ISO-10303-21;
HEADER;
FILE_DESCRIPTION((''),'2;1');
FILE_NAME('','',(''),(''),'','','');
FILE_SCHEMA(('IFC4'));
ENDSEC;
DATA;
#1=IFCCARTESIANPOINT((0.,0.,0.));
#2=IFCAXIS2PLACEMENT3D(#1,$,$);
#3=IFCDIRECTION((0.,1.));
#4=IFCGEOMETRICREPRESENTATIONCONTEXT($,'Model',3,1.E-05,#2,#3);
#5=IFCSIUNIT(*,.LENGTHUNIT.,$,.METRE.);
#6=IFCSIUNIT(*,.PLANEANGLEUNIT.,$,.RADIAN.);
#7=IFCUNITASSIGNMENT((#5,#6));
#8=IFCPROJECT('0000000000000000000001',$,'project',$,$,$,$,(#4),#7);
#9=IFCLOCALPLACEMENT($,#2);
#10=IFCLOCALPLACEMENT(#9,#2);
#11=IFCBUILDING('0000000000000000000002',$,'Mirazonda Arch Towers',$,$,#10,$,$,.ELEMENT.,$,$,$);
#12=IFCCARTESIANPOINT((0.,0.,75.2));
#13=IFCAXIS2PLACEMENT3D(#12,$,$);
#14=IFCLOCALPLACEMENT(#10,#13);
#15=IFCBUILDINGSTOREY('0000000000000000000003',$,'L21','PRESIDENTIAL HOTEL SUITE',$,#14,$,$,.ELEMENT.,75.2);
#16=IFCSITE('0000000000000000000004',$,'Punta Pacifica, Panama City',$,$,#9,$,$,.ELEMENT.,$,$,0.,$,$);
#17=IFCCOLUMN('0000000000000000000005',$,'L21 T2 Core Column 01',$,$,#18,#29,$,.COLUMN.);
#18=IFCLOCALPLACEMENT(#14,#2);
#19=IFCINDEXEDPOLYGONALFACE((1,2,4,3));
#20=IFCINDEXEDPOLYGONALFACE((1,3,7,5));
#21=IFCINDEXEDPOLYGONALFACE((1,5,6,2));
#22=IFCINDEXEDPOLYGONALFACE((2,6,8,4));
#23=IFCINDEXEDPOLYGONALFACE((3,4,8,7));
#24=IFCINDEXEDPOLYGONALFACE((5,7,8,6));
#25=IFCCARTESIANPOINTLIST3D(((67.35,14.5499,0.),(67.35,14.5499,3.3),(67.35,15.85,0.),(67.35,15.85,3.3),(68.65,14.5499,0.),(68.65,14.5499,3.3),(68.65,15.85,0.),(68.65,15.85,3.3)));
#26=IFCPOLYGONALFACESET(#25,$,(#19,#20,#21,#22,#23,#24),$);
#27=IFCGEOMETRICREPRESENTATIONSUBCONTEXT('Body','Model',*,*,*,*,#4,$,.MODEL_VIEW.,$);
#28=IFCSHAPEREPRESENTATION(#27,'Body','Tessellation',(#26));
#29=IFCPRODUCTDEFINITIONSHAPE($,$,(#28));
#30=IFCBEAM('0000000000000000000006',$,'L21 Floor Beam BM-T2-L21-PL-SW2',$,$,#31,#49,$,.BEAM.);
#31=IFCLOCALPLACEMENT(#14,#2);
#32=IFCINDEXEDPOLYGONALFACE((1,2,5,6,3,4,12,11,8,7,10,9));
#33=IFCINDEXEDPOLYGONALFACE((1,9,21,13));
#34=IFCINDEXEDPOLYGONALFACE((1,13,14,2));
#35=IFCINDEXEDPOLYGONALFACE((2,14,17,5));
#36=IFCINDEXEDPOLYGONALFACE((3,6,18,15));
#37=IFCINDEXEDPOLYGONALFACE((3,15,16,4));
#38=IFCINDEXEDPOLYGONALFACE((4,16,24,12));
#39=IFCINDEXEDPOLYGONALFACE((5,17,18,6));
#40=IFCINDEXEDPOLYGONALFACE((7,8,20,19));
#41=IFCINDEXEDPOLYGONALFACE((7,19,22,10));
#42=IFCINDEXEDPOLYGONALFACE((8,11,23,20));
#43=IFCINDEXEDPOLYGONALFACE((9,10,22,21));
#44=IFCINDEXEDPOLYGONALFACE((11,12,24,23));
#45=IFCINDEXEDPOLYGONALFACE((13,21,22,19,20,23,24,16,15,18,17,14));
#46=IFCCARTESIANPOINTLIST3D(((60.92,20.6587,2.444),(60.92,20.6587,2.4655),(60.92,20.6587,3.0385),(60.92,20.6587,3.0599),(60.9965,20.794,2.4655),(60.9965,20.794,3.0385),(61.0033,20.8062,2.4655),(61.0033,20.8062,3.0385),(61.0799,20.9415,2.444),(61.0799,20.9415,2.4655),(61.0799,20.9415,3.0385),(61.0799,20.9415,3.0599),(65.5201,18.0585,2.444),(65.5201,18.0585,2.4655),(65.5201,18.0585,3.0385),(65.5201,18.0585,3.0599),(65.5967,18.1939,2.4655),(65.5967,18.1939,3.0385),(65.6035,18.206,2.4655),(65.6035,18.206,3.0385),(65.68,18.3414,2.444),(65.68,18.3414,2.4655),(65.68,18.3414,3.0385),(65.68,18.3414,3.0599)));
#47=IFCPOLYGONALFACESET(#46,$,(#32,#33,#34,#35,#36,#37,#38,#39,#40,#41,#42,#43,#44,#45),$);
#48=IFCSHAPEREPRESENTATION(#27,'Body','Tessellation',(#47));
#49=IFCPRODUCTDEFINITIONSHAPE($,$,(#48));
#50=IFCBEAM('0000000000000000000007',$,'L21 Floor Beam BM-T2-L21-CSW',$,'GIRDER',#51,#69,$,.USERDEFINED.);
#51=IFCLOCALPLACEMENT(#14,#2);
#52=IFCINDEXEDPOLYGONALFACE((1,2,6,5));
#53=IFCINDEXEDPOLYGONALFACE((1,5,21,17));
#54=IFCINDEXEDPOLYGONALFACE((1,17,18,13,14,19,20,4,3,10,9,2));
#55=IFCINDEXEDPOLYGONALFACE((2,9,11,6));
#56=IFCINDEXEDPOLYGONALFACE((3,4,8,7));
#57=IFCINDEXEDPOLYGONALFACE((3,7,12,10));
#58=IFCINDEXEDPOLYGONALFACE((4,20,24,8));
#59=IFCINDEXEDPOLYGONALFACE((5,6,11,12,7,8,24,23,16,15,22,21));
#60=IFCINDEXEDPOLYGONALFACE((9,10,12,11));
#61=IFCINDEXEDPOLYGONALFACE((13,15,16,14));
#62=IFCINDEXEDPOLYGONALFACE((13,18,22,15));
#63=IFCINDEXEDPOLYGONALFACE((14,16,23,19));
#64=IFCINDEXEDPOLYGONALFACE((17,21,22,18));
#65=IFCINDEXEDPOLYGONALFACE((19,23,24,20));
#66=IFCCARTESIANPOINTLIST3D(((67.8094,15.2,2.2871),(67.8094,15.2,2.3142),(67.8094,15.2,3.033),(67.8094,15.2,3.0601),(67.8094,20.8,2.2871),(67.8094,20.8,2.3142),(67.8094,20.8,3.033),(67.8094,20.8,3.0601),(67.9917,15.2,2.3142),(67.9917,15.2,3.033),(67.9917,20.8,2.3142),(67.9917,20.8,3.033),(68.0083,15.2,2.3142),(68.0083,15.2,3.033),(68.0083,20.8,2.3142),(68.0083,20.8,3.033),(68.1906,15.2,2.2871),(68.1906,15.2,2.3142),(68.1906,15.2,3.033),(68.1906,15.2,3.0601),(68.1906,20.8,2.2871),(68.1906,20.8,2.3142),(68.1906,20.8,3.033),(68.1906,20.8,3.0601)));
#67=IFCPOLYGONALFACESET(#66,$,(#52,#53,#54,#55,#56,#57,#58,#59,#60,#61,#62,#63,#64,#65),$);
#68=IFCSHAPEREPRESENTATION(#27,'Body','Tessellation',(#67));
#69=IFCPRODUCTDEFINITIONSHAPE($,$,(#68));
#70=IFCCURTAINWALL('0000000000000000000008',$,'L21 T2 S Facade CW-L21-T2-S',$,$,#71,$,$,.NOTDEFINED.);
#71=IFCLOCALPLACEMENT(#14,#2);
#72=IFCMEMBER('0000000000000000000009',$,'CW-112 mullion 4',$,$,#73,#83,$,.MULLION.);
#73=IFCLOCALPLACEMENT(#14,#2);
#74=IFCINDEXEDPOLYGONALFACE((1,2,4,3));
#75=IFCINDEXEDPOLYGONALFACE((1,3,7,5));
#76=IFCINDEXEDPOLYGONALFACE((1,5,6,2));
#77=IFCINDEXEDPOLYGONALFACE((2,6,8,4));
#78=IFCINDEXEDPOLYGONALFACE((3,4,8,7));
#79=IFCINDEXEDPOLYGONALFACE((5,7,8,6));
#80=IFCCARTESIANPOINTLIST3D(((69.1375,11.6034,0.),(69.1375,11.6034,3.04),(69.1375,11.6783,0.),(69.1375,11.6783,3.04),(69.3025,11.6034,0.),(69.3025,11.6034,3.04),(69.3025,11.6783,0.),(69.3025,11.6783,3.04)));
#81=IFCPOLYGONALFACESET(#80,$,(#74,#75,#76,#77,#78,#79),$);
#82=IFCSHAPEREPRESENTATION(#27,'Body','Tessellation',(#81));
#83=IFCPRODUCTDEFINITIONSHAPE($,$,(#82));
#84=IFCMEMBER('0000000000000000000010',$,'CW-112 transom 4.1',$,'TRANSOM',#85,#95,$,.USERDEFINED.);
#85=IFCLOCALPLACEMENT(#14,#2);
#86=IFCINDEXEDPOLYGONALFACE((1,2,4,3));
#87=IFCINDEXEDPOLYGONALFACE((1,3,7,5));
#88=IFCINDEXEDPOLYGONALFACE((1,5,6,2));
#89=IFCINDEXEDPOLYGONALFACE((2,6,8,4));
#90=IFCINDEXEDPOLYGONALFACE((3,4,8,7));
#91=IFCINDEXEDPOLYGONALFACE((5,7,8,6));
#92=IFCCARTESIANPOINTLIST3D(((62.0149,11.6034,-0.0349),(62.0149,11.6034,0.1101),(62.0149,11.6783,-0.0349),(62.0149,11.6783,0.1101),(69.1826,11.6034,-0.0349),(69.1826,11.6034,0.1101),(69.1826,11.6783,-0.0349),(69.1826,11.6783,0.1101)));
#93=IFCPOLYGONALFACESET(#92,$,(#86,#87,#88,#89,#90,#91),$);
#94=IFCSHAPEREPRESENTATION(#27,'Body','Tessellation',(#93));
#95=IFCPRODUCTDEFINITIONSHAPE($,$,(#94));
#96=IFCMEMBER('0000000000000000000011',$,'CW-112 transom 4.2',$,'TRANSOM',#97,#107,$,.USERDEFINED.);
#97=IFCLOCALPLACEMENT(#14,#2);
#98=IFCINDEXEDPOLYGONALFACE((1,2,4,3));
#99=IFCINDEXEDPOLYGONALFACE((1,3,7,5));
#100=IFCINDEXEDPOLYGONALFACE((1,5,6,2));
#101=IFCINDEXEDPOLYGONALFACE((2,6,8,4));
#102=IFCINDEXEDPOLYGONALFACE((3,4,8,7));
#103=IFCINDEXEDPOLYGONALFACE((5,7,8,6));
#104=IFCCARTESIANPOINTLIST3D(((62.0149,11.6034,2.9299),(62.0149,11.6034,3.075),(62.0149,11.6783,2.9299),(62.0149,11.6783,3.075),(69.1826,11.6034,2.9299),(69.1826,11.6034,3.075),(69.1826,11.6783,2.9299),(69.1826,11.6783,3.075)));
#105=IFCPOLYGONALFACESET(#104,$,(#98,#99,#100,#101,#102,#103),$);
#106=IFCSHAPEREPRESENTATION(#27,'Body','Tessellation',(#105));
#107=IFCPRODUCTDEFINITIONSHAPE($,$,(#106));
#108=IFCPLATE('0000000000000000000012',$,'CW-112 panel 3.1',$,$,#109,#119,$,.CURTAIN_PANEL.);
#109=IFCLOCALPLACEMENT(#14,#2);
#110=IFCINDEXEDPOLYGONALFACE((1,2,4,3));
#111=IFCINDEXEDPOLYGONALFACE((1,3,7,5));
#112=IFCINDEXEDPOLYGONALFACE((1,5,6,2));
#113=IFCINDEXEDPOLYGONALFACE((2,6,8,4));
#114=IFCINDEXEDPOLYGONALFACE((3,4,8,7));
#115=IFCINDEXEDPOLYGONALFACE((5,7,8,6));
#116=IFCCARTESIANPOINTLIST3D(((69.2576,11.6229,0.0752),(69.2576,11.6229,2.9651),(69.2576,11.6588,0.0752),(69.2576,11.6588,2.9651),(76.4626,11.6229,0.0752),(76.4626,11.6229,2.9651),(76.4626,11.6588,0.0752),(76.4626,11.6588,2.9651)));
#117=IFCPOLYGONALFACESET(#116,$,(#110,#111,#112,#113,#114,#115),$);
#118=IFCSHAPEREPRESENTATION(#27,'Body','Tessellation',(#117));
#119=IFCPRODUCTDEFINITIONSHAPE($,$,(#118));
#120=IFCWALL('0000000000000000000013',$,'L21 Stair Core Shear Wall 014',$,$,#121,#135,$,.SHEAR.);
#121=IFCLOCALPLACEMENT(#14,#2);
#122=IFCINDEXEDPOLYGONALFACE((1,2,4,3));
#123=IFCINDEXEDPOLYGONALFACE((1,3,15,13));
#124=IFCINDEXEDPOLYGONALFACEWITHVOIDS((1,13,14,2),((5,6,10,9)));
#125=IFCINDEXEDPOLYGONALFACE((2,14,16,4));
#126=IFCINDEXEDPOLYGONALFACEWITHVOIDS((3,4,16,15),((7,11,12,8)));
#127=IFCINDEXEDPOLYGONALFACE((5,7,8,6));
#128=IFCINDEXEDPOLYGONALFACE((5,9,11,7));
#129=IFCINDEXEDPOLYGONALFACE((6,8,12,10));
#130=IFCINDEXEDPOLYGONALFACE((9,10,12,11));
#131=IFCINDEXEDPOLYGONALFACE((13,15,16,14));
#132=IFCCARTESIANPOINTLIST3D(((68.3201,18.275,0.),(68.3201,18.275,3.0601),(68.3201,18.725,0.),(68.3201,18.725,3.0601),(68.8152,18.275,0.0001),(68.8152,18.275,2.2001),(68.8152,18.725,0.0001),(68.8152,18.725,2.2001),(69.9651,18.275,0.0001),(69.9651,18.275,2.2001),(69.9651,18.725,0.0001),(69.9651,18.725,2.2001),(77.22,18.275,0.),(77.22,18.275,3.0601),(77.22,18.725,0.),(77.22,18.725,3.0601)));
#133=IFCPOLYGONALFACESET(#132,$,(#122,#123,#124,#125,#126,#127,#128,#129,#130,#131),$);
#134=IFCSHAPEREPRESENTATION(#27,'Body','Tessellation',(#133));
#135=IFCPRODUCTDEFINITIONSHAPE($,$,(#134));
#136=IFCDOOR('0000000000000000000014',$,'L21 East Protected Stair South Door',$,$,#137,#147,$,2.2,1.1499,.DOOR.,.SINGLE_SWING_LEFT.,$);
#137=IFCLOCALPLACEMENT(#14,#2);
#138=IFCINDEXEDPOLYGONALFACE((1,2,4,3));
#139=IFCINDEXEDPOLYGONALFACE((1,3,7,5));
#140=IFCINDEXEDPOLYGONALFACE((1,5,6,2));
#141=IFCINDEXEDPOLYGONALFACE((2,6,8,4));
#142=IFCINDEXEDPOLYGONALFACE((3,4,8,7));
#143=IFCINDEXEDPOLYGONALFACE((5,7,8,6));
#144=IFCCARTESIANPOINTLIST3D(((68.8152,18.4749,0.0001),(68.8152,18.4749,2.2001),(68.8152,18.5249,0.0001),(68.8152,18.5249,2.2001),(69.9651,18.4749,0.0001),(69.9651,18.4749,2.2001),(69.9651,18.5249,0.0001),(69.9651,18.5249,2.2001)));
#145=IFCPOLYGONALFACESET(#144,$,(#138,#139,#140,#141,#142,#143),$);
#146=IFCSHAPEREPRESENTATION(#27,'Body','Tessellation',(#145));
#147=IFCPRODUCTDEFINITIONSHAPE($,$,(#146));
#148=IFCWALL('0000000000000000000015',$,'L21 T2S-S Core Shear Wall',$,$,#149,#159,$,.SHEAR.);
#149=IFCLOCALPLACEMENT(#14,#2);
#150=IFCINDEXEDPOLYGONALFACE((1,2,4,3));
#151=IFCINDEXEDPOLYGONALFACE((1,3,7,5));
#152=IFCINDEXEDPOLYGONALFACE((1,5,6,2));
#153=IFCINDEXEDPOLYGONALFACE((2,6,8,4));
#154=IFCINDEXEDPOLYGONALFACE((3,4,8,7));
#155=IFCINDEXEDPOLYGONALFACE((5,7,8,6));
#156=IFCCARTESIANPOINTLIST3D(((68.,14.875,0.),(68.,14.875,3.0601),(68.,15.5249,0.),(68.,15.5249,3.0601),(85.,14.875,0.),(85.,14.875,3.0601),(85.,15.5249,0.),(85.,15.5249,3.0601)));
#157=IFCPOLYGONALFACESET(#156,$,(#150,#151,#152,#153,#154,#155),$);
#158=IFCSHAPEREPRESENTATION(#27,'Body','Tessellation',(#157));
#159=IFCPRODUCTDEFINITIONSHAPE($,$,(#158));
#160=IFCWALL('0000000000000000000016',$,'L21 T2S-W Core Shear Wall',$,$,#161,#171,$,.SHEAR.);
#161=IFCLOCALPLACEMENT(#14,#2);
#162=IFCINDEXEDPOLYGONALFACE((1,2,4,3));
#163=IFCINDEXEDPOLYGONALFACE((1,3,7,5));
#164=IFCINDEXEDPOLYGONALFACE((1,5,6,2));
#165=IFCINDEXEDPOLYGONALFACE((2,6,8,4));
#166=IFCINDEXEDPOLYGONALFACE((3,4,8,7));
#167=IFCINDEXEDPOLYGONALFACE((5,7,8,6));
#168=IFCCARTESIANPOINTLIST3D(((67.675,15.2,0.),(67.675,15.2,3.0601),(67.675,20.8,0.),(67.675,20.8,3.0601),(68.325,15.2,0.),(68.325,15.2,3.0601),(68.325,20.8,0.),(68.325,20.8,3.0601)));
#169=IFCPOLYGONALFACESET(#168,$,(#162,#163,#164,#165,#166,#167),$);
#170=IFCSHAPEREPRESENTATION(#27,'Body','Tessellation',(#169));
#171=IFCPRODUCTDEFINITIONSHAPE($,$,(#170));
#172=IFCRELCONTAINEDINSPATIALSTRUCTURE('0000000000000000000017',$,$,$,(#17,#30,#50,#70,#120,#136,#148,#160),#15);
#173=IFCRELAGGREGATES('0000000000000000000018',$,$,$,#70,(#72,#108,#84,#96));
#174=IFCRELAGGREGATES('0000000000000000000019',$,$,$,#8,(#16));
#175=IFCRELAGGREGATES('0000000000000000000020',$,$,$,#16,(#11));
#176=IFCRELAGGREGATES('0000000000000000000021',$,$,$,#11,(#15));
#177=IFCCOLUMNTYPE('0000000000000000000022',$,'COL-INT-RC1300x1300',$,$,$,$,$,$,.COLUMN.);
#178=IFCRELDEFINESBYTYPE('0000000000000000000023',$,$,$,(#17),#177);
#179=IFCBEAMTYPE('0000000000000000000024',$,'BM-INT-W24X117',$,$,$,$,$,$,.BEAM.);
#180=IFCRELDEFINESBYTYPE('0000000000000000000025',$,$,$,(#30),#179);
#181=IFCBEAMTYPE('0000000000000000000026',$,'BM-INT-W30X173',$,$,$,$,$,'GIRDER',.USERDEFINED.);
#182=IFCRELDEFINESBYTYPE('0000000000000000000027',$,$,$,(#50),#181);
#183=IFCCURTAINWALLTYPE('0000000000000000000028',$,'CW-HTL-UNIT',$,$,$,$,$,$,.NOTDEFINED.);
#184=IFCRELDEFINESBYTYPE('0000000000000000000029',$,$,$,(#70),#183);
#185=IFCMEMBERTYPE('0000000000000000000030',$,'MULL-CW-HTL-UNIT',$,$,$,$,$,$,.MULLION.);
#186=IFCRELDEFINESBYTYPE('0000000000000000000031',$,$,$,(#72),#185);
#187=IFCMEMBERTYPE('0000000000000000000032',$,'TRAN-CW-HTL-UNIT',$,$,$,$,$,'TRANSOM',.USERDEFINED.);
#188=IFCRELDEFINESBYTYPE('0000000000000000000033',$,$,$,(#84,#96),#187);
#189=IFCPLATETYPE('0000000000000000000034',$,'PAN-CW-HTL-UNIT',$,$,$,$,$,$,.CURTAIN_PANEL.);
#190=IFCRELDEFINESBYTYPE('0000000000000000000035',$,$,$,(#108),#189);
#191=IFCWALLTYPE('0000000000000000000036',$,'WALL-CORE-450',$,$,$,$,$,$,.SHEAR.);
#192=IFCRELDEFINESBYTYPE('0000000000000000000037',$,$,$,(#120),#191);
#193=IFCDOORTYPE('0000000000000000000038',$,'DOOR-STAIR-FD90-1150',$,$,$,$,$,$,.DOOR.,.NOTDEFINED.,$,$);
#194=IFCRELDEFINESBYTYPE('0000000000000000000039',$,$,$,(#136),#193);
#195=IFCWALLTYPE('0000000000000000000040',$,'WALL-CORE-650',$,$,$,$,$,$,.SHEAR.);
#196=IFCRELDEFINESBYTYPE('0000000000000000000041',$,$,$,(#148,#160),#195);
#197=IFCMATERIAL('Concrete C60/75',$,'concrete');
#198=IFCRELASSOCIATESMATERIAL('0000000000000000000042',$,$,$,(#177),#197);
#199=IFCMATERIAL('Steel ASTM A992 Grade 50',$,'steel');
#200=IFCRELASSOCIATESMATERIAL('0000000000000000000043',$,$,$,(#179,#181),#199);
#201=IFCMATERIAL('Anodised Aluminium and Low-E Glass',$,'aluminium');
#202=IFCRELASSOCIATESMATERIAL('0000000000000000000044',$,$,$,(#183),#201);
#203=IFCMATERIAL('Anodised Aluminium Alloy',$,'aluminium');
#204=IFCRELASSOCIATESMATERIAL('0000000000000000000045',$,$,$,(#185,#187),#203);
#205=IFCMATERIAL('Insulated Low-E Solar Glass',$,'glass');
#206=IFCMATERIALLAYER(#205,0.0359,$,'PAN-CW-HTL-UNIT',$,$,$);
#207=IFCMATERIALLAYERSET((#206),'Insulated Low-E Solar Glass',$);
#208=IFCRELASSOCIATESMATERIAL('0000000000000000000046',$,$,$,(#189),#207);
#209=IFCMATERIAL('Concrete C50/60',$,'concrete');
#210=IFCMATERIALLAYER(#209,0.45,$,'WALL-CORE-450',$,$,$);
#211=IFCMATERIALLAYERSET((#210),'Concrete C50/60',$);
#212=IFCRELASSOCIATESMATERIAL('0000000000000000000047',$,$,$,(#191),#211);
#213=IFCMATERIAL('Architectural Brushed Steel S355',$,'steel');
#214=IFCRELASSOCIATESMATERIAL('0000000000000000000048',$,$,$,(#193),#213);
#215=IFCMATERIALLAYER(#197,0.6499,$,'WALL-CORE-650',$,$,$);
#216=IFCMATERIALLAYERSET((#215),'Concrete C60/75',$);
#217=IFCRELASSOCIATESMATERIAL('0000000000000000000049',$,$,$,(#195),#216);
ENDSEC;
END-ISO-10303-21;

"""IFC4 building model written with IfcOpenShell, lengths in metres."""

from ifc_helpers import new_model, si_unit, direction, frame, frame_2d, origin, origin_2d, place, context, subcontext, project, spatial, rectangle, i_section, extrude, material, layer, layer_set, material_profile, profile_set, type_object, element, fill, aggregate, save


model = new_model("IFC4")

# Units and contexts
model_context = context("Model", 3, precision=1e-05, world=origin(), true_north=direction((0.0, 1.0)))
body_context = subcontext(model_context, "Body", "Model", "MODEL_VIEW")
ifc_project = project(units=[si_unit("LENGTHUNIT", "METRE"), si_unit("PLANEANGLEUNIT", "RADIAN")], contexts=[model_context])

# Site, building, storey
site_placement = place(None, origin())
site = spatial("IfcSite", under=ifc_project, at=site_placement, Name="Punta Pacifica, Panama City", CompositionType="ELEMENT", RefElevation=0.0)
building_placement = place(site_placement, origin())
building = spatial("IfcBuilding", under=site, at=building_placement, Name="Mirazonda Arch Towers", CompositionType="ELEMENT")
storey_placement = place(building_placement, frame((0.0, 0.0, 75.2)))
storey = spatial("IfcBuildingStorey", under=building, at=storey_placement, Name="L21", Description="PRESIDENTIAL HOTEL SUITE", CompositionType="ELEMENT", Elevation=75.2)

# Column
ifc_material_1 = material(Name="Concrete C60/75", Category="concrete")
ifc_material_profile_1 = material_profile(ifc_material_1, rectangle(XDim=1.3, YDim=1.3, at=origin_2d()), Name="RC1300x1300")
ifc_profile_set_1 = profile_set([ifc_material_profile_1], Name="Concrete C60/75")
column_type = type_object("IfcColumnType", Name="COL-INT-RC1300x1300", PredefinedType="COLUMN", material=ifc_profile_set_1)
column_placement = place(storey_placement, frame((68.0, 15.2, 0.0), z_axis=(0.0, 0.0, 1.0), x_axis=(1.0, 0.0, 0.0)))
element("IfcColumn", 1, at=column_placement, inside=storey, type_object=column_type, Name="L21 T2 Core Column 01", PredefinedType="COLUMN", context=body_context, shape_type="SweptSolid", body=[
    extrude(rectangle(XDim=1.3, YDim=1.3, at=origin_2d()), origin(), (0.0, 0.0, 1.0), 3.3),
])

# Beams
ifc_material_2 = material(Name="Steel ASTM A992 Grade 50", Category="steel")
ifc_material_profile_2 = material_profile(ifc_material_2, i_section(OverallWidth=0.325, OverallDepth=0.616, WebThickness=0.0139, FlangeThickness=0.0215, at=origin_2d()), Name="W24X117")
ifc_profile_set_2 = profile_set([ifc_material_profile_2], Name="Steel ASTM A992 Grade 50")
beam_type_1 = type_object("IfcBeamType", Name="BM-INT-W24X117", PredefinedType="BEAM", material=ifc_profile_set_2)
beam_1_placement = place(storey_placement, frame((65.6001, 18.2, 2.752), z_axis=(-0.870559, 0.492063, 0.0), x_axis=(-0.492063, -0.870559, 0.0)))
element("IfcBeam", 2, at=beam_1_placement, inside=storey, type_object=beam_type_1, Name="L21 Floor Beam BM-T2-L21-PL-SW2", PredefinedType="BEAM", context=body_context, shape_type="SweptSolid", body=[
    extrude(i_section(OverallWidth=0.325, OverallDepth=0.616, WebThickness=0.0139, FlangeThickness=0.0215, at=origin_2d()), origin(), (0.0, 0.0, 1.0), 5.2842),
])
ifc_material_profile_3 = material_profile(ifc_material_2, i_section(OverallWidth=0.3811, OverallDepth=0.7729, WebThickness=0.0166, FlangeThickness=0.0271, at=origin_2d()), Name="W30X173")
ifc_profile_set_3 = profile_set([ifc_material_profile_3], Name="Steel ASTM A992 Grade 50")
beam_type_2 = type_object("IfcBeamType", Name="BM-INT-W30X173", ElementType="GIRDER", PredefinedType="USERDEFINED", material=ifc_profile_set_3)
beam_2_placement = place(storey_placement, frame((68.0, 15.2, 2.6736), z_axis=(0.0, 1.0, 0.0), x_axis=(-1.0, 0.0, 0.0)))
element("IfcBeam", 3, at=beam_2_placement, inside=storey, type_object=beam_type_2, Name="L21 Floor Beam BM-T2-L21-CSW", ObjectType="GIRDER", PredefinedType="USERDEFINED", context=body_context, shape_type="SweptSolid", body=[
    extrude(i_section(OverallWidth=0.3811, OverallDepth=0.7729, WebThickness=0.0166, FlangeThickness=0.0271, at=origin_2d()), origin(), (0.0, 0.0, 1.0), 5.6001),
])

# Curtain wall, members, plate
ifc_material_3 = material(Name="Anodised Aluminium and Low-E Glass", Category="aluminium")
curtain_wall_type = type_object("IfcCurtainWallType", Name="CW-HTL-UNIT", PredefinedType="NOTDEFINED", material=ifc_material_3)
curtain_wall_placement = place(storey_placement, origin())
curtain_wall = element("IfcCurtainWall", 4, at=curtain_wall_placement, inside=storey, type_object=curtain_wall_type, Name="L21 T2 S Facade CW-L21-T2-S", PredefinedType="NOTDEFINED")
ifc_material_4 = material(Name="Anodised Aluminium Alloy", Category="aluminium")
ifc_material_profile_4 = material_profile(ifc_material_4, rectangle(XDim=0.075, YDim=0.165, at=origin_2d()), Name="ALU-MULL-75x165")
ifc_profile_set_4 = profile_set([ifc_material_profile_4], Name="Anodised Aluminium Alloy")
member_type_1 = type_object("IfcMemberType", Name="MULL-CW-HTL-UNIT", PredefinedType="MULLION", material=ifc_profile_set_4)
member_1_placement = place(storey_placement, frame((69.22, 11.6409, 0.0), z_axis=(0.0, 0.0, 1.0), x_axis=(0.0, -1.0, 0.0)))
member_1 = element("IfcMember", 5, at=member_1_placement, type_object=member_type_1, Name="CW-112 mullion 4", PredefinedType="MULLION", context=body_context, shape_type="SweptSolid", body=[
    extrude(rectangle(XDim=0.075, YDim=0.165, at=origin_2d()), origin(), (0.0, 0.0, 1.0), 3.04),
])
ifc_material_profile_5 = material_profile(ifc_material_4, rectangle(XDim=0.075, YDim=0.145, at=origin_2d()), Name="ALU-TRAN-75x145")
ifc_profile_set_5 = profile_set([ifc_material_profile_5], Name="Anodised Aluminium Alloy")
member_type_2 = type_object("IfcMemberType", Name="TRAN-CW-HTL-UNIT", ElementType="TRANSOM", PredefinedType="USERDEFINED", material=ifc_profile_set_5)
member_2_placement = place(storey_placement, frame((69.1826, 11.6409, 0.0376), z_axis=(-1.0, 0.0, 0.0), x_axis=(0.0, -1.0, 0.0)))
member_2 = element("IfcMember", 6, at=member_2_placement, type_object=member_type_2, Name="CW-112 transom 4.1", ObjectType="TRANSOM", PredefinedType="USERDEFINED", context=body_context, shape_type="SweptSolid", body=[
    extrude(rectangle(XDim=0.075, YDim=0.145, at=origin_2d()), origin(), (0.0, 0.0, 1.0), 7.1677),
])
member_3_placement = place(storey_placement, frame((69.1826, 11.6409, 3.0024), z_axis=(-1.0, 0.0, 0.0), x_axis=(0.0, -1.0, 0.0)))
member_3 = element("IfcMember", 7, at=member_3_placement, type_object=member_type_2, Name="CW-112 transom 4.2", ObjectType="TRANSOM", PredefinedType="USERDEFINED", context=body_context, shape_type="SweptSolid", body=[
    extrude(rectangle(XDim=0.075, YDim=0.145, at=origin_2d()), origin(), (0.0, 0.0, 1.0), 7.1677),
])
ifc_material_5 = material(Name="Insulated Low-E Solar Glass", Category="glass")
ifc_layer_1 = layer(ifc_material_5, 0.0359, Name="PAN-CW-HTL-UNIT")
ifc_layer_set_1 = layer_set([ifc_layer_1], Name="Insulated Low-E Solar Glass")
plate_type = type_object("IfcPlateType", Name="PAN-CW-HTL-UNIT", PredefinedType="CURTAIN_PANEL", material=ifc_layer_set_1)
plate_placement = place(storey_placement, frame((72.8601, 11.6409, 0.0752), z_axis=(0.0, 0.0, 1.0), x_axis=(-1.0, 0.0, 0.0)))
plate = element("IfcPlate", 8, at=plate_placement, type_object=plate_type, Name="CW-112 panel 3.1", PredefinedType="CURTAIN_PANEL", context=body_context, shape_type="SweptSolid", body=[
    extrude(rectangle(XDim=7.2051, YDim=0.0359, at=origin_2d()), origin(), (0.0, 0.0, 1.0), 2.8899),
])
aggregate(curtain_wall, [member_1, plate, member_2, member_3])

# Wall, opening, door
ifc_material_6 = material(Name="Concrete C50/60", Category="concrete")
ifc_layer_2 = layer(ifc_material_6, 0.45, Name="WALL-CORE-450")
ifc_layer_set_2 = layer_set([ifc_layer_2], Name="Concrete C50/60")
wall_type_1 = type_object("IfcWallType", Name="WALL-CORE-450", PredefinedType="SHEAR", material=ifc_layer_set_2)
wall_1_placement = place(storey_placement, frame((68.3201, 18.5, 0.0), z_axis=(0.0, 0.0, 1.0), x_axis=(1.0, 0.0, 0.0)))
wall_1 = element("IfcWall", 9, at=wall_1_placement, inside=storey, type_object=wall_type_1, Name="L21 Stair Core Shear Wall 014", PredefinedType="SHEAR", context=body_context, shape_type="SweptSolid", body=[
    extrude(rectangle(XDim=8.8999, YDim=0.45, at=frame_2d((4.45, 0.0))), origin(), (0.0, 0.0, 1.0), 3.0601),
])
opening_placement = place(wall_1_placement, frame((0.4951, 0.0, 0.0)))
opening = element("IfcOpeningElement", 10, at=opening_placement, cuts=wall_1, PredefinedType="OPENING", context=body_context, shape_type="SweptSolid", body=[
    extrude(rectangle(XDim=1.1499, YDim=2.2, at=frame_2d((0.575, 1.1001))), frame((0.0, 0.2349, 0.0), z_axis=(0.0, -1.0, 0.0), x_axis=(1.0, 0.0, 0.0)), (0.0, 0.0, 1.0), 0.47),
])
ifc_material_7 = material(Name="Architectural Brushed Steel S355", Category="steel")
door_type = type_object("IfcDoorType", Name="DOOR-STAIR-FD90-1150", OperationType="NOTDEFINED", PredefinedType="DOOR", material=ifc_material_7)
door_placement = place(opening_placement, origin())
door = element("IfcDoor", 11, at=door_placement, inside=storey, type_object=door_type, Name="L21 East Protected Stair South Door", OperationType="SINGLE_SWING_LEFT", OverallHeight=2.2, OverallWidth=1.1499, PredefinedType="DOOR", context=body_context, shape_type="SweptSolid", body=[
    extrude(rectangle(XDim=1.1499, YDim=2.2, at=frame_2d((0.575, 1.1001))), frame((0.0, 0.0249, 0.0), z_axis=(0.0, -1.0, 0.0), x_axis=(1.0, 0.0, 0.0)), (0.0, 0.0, 1.0), 0.05),
])
fill(opening, door)

# Walls
ifc_layer_3 = layer(ifc_material_1, 0.6499, Name="WALL-CORE-650")
ifc_layer_set_3 = layer_set([ifc_layer_3], Name="Concrete C60/75")
wall_type_2 = type_object("IfcWallType", Name="WALL-CORE-650", PredefinedType="SHEAR", material=ifc_layer_set_3)
wall_2_placement = place(storey_placement, frame((68.0, 15.2, 0.0), z_axis=(0.0, 0.0, 1.0), x_axis=(1.0, 0.0, 0.0)))
element("IfcWall", 12, at=wall_2_placement, inside=storey, type_object=wall_type_2, Name="L21 T2S-S Core Shear Wall", PredefinedType="SHEAR", context=body_context, shape_type="SweptSolid", body=[
    extrude(rectangle(XDim=17.0, YDim=0.6499, at=frame_2d((8.5, 0.0))), origin(), (0.0, 0.0, 1.0), 3.0601),
])
wall_3_placement = place(storey_placement, frame((68.0, 15.2, 0.0), z_axis=(0.0, 0.0, 1.0), x_axis=(0.0, 1.0, 0.0)))
element("IfcWall", 13, at=wall_3_placement, inside=storey, type_object=wall_type_2, Name="L21 T2S-W Core Shear Wall", PredefinedType="SHEAR", context=body_context, shape_type="SweptSolid", body=[
    extrude(rectangle(XDim=5.6001, YDim=0.6499, at=frame_2d((2.8, 0.0))), origin(), (0.0, 0.0, 1.0), 3.0601),
])

save(model, "model.ifc")
